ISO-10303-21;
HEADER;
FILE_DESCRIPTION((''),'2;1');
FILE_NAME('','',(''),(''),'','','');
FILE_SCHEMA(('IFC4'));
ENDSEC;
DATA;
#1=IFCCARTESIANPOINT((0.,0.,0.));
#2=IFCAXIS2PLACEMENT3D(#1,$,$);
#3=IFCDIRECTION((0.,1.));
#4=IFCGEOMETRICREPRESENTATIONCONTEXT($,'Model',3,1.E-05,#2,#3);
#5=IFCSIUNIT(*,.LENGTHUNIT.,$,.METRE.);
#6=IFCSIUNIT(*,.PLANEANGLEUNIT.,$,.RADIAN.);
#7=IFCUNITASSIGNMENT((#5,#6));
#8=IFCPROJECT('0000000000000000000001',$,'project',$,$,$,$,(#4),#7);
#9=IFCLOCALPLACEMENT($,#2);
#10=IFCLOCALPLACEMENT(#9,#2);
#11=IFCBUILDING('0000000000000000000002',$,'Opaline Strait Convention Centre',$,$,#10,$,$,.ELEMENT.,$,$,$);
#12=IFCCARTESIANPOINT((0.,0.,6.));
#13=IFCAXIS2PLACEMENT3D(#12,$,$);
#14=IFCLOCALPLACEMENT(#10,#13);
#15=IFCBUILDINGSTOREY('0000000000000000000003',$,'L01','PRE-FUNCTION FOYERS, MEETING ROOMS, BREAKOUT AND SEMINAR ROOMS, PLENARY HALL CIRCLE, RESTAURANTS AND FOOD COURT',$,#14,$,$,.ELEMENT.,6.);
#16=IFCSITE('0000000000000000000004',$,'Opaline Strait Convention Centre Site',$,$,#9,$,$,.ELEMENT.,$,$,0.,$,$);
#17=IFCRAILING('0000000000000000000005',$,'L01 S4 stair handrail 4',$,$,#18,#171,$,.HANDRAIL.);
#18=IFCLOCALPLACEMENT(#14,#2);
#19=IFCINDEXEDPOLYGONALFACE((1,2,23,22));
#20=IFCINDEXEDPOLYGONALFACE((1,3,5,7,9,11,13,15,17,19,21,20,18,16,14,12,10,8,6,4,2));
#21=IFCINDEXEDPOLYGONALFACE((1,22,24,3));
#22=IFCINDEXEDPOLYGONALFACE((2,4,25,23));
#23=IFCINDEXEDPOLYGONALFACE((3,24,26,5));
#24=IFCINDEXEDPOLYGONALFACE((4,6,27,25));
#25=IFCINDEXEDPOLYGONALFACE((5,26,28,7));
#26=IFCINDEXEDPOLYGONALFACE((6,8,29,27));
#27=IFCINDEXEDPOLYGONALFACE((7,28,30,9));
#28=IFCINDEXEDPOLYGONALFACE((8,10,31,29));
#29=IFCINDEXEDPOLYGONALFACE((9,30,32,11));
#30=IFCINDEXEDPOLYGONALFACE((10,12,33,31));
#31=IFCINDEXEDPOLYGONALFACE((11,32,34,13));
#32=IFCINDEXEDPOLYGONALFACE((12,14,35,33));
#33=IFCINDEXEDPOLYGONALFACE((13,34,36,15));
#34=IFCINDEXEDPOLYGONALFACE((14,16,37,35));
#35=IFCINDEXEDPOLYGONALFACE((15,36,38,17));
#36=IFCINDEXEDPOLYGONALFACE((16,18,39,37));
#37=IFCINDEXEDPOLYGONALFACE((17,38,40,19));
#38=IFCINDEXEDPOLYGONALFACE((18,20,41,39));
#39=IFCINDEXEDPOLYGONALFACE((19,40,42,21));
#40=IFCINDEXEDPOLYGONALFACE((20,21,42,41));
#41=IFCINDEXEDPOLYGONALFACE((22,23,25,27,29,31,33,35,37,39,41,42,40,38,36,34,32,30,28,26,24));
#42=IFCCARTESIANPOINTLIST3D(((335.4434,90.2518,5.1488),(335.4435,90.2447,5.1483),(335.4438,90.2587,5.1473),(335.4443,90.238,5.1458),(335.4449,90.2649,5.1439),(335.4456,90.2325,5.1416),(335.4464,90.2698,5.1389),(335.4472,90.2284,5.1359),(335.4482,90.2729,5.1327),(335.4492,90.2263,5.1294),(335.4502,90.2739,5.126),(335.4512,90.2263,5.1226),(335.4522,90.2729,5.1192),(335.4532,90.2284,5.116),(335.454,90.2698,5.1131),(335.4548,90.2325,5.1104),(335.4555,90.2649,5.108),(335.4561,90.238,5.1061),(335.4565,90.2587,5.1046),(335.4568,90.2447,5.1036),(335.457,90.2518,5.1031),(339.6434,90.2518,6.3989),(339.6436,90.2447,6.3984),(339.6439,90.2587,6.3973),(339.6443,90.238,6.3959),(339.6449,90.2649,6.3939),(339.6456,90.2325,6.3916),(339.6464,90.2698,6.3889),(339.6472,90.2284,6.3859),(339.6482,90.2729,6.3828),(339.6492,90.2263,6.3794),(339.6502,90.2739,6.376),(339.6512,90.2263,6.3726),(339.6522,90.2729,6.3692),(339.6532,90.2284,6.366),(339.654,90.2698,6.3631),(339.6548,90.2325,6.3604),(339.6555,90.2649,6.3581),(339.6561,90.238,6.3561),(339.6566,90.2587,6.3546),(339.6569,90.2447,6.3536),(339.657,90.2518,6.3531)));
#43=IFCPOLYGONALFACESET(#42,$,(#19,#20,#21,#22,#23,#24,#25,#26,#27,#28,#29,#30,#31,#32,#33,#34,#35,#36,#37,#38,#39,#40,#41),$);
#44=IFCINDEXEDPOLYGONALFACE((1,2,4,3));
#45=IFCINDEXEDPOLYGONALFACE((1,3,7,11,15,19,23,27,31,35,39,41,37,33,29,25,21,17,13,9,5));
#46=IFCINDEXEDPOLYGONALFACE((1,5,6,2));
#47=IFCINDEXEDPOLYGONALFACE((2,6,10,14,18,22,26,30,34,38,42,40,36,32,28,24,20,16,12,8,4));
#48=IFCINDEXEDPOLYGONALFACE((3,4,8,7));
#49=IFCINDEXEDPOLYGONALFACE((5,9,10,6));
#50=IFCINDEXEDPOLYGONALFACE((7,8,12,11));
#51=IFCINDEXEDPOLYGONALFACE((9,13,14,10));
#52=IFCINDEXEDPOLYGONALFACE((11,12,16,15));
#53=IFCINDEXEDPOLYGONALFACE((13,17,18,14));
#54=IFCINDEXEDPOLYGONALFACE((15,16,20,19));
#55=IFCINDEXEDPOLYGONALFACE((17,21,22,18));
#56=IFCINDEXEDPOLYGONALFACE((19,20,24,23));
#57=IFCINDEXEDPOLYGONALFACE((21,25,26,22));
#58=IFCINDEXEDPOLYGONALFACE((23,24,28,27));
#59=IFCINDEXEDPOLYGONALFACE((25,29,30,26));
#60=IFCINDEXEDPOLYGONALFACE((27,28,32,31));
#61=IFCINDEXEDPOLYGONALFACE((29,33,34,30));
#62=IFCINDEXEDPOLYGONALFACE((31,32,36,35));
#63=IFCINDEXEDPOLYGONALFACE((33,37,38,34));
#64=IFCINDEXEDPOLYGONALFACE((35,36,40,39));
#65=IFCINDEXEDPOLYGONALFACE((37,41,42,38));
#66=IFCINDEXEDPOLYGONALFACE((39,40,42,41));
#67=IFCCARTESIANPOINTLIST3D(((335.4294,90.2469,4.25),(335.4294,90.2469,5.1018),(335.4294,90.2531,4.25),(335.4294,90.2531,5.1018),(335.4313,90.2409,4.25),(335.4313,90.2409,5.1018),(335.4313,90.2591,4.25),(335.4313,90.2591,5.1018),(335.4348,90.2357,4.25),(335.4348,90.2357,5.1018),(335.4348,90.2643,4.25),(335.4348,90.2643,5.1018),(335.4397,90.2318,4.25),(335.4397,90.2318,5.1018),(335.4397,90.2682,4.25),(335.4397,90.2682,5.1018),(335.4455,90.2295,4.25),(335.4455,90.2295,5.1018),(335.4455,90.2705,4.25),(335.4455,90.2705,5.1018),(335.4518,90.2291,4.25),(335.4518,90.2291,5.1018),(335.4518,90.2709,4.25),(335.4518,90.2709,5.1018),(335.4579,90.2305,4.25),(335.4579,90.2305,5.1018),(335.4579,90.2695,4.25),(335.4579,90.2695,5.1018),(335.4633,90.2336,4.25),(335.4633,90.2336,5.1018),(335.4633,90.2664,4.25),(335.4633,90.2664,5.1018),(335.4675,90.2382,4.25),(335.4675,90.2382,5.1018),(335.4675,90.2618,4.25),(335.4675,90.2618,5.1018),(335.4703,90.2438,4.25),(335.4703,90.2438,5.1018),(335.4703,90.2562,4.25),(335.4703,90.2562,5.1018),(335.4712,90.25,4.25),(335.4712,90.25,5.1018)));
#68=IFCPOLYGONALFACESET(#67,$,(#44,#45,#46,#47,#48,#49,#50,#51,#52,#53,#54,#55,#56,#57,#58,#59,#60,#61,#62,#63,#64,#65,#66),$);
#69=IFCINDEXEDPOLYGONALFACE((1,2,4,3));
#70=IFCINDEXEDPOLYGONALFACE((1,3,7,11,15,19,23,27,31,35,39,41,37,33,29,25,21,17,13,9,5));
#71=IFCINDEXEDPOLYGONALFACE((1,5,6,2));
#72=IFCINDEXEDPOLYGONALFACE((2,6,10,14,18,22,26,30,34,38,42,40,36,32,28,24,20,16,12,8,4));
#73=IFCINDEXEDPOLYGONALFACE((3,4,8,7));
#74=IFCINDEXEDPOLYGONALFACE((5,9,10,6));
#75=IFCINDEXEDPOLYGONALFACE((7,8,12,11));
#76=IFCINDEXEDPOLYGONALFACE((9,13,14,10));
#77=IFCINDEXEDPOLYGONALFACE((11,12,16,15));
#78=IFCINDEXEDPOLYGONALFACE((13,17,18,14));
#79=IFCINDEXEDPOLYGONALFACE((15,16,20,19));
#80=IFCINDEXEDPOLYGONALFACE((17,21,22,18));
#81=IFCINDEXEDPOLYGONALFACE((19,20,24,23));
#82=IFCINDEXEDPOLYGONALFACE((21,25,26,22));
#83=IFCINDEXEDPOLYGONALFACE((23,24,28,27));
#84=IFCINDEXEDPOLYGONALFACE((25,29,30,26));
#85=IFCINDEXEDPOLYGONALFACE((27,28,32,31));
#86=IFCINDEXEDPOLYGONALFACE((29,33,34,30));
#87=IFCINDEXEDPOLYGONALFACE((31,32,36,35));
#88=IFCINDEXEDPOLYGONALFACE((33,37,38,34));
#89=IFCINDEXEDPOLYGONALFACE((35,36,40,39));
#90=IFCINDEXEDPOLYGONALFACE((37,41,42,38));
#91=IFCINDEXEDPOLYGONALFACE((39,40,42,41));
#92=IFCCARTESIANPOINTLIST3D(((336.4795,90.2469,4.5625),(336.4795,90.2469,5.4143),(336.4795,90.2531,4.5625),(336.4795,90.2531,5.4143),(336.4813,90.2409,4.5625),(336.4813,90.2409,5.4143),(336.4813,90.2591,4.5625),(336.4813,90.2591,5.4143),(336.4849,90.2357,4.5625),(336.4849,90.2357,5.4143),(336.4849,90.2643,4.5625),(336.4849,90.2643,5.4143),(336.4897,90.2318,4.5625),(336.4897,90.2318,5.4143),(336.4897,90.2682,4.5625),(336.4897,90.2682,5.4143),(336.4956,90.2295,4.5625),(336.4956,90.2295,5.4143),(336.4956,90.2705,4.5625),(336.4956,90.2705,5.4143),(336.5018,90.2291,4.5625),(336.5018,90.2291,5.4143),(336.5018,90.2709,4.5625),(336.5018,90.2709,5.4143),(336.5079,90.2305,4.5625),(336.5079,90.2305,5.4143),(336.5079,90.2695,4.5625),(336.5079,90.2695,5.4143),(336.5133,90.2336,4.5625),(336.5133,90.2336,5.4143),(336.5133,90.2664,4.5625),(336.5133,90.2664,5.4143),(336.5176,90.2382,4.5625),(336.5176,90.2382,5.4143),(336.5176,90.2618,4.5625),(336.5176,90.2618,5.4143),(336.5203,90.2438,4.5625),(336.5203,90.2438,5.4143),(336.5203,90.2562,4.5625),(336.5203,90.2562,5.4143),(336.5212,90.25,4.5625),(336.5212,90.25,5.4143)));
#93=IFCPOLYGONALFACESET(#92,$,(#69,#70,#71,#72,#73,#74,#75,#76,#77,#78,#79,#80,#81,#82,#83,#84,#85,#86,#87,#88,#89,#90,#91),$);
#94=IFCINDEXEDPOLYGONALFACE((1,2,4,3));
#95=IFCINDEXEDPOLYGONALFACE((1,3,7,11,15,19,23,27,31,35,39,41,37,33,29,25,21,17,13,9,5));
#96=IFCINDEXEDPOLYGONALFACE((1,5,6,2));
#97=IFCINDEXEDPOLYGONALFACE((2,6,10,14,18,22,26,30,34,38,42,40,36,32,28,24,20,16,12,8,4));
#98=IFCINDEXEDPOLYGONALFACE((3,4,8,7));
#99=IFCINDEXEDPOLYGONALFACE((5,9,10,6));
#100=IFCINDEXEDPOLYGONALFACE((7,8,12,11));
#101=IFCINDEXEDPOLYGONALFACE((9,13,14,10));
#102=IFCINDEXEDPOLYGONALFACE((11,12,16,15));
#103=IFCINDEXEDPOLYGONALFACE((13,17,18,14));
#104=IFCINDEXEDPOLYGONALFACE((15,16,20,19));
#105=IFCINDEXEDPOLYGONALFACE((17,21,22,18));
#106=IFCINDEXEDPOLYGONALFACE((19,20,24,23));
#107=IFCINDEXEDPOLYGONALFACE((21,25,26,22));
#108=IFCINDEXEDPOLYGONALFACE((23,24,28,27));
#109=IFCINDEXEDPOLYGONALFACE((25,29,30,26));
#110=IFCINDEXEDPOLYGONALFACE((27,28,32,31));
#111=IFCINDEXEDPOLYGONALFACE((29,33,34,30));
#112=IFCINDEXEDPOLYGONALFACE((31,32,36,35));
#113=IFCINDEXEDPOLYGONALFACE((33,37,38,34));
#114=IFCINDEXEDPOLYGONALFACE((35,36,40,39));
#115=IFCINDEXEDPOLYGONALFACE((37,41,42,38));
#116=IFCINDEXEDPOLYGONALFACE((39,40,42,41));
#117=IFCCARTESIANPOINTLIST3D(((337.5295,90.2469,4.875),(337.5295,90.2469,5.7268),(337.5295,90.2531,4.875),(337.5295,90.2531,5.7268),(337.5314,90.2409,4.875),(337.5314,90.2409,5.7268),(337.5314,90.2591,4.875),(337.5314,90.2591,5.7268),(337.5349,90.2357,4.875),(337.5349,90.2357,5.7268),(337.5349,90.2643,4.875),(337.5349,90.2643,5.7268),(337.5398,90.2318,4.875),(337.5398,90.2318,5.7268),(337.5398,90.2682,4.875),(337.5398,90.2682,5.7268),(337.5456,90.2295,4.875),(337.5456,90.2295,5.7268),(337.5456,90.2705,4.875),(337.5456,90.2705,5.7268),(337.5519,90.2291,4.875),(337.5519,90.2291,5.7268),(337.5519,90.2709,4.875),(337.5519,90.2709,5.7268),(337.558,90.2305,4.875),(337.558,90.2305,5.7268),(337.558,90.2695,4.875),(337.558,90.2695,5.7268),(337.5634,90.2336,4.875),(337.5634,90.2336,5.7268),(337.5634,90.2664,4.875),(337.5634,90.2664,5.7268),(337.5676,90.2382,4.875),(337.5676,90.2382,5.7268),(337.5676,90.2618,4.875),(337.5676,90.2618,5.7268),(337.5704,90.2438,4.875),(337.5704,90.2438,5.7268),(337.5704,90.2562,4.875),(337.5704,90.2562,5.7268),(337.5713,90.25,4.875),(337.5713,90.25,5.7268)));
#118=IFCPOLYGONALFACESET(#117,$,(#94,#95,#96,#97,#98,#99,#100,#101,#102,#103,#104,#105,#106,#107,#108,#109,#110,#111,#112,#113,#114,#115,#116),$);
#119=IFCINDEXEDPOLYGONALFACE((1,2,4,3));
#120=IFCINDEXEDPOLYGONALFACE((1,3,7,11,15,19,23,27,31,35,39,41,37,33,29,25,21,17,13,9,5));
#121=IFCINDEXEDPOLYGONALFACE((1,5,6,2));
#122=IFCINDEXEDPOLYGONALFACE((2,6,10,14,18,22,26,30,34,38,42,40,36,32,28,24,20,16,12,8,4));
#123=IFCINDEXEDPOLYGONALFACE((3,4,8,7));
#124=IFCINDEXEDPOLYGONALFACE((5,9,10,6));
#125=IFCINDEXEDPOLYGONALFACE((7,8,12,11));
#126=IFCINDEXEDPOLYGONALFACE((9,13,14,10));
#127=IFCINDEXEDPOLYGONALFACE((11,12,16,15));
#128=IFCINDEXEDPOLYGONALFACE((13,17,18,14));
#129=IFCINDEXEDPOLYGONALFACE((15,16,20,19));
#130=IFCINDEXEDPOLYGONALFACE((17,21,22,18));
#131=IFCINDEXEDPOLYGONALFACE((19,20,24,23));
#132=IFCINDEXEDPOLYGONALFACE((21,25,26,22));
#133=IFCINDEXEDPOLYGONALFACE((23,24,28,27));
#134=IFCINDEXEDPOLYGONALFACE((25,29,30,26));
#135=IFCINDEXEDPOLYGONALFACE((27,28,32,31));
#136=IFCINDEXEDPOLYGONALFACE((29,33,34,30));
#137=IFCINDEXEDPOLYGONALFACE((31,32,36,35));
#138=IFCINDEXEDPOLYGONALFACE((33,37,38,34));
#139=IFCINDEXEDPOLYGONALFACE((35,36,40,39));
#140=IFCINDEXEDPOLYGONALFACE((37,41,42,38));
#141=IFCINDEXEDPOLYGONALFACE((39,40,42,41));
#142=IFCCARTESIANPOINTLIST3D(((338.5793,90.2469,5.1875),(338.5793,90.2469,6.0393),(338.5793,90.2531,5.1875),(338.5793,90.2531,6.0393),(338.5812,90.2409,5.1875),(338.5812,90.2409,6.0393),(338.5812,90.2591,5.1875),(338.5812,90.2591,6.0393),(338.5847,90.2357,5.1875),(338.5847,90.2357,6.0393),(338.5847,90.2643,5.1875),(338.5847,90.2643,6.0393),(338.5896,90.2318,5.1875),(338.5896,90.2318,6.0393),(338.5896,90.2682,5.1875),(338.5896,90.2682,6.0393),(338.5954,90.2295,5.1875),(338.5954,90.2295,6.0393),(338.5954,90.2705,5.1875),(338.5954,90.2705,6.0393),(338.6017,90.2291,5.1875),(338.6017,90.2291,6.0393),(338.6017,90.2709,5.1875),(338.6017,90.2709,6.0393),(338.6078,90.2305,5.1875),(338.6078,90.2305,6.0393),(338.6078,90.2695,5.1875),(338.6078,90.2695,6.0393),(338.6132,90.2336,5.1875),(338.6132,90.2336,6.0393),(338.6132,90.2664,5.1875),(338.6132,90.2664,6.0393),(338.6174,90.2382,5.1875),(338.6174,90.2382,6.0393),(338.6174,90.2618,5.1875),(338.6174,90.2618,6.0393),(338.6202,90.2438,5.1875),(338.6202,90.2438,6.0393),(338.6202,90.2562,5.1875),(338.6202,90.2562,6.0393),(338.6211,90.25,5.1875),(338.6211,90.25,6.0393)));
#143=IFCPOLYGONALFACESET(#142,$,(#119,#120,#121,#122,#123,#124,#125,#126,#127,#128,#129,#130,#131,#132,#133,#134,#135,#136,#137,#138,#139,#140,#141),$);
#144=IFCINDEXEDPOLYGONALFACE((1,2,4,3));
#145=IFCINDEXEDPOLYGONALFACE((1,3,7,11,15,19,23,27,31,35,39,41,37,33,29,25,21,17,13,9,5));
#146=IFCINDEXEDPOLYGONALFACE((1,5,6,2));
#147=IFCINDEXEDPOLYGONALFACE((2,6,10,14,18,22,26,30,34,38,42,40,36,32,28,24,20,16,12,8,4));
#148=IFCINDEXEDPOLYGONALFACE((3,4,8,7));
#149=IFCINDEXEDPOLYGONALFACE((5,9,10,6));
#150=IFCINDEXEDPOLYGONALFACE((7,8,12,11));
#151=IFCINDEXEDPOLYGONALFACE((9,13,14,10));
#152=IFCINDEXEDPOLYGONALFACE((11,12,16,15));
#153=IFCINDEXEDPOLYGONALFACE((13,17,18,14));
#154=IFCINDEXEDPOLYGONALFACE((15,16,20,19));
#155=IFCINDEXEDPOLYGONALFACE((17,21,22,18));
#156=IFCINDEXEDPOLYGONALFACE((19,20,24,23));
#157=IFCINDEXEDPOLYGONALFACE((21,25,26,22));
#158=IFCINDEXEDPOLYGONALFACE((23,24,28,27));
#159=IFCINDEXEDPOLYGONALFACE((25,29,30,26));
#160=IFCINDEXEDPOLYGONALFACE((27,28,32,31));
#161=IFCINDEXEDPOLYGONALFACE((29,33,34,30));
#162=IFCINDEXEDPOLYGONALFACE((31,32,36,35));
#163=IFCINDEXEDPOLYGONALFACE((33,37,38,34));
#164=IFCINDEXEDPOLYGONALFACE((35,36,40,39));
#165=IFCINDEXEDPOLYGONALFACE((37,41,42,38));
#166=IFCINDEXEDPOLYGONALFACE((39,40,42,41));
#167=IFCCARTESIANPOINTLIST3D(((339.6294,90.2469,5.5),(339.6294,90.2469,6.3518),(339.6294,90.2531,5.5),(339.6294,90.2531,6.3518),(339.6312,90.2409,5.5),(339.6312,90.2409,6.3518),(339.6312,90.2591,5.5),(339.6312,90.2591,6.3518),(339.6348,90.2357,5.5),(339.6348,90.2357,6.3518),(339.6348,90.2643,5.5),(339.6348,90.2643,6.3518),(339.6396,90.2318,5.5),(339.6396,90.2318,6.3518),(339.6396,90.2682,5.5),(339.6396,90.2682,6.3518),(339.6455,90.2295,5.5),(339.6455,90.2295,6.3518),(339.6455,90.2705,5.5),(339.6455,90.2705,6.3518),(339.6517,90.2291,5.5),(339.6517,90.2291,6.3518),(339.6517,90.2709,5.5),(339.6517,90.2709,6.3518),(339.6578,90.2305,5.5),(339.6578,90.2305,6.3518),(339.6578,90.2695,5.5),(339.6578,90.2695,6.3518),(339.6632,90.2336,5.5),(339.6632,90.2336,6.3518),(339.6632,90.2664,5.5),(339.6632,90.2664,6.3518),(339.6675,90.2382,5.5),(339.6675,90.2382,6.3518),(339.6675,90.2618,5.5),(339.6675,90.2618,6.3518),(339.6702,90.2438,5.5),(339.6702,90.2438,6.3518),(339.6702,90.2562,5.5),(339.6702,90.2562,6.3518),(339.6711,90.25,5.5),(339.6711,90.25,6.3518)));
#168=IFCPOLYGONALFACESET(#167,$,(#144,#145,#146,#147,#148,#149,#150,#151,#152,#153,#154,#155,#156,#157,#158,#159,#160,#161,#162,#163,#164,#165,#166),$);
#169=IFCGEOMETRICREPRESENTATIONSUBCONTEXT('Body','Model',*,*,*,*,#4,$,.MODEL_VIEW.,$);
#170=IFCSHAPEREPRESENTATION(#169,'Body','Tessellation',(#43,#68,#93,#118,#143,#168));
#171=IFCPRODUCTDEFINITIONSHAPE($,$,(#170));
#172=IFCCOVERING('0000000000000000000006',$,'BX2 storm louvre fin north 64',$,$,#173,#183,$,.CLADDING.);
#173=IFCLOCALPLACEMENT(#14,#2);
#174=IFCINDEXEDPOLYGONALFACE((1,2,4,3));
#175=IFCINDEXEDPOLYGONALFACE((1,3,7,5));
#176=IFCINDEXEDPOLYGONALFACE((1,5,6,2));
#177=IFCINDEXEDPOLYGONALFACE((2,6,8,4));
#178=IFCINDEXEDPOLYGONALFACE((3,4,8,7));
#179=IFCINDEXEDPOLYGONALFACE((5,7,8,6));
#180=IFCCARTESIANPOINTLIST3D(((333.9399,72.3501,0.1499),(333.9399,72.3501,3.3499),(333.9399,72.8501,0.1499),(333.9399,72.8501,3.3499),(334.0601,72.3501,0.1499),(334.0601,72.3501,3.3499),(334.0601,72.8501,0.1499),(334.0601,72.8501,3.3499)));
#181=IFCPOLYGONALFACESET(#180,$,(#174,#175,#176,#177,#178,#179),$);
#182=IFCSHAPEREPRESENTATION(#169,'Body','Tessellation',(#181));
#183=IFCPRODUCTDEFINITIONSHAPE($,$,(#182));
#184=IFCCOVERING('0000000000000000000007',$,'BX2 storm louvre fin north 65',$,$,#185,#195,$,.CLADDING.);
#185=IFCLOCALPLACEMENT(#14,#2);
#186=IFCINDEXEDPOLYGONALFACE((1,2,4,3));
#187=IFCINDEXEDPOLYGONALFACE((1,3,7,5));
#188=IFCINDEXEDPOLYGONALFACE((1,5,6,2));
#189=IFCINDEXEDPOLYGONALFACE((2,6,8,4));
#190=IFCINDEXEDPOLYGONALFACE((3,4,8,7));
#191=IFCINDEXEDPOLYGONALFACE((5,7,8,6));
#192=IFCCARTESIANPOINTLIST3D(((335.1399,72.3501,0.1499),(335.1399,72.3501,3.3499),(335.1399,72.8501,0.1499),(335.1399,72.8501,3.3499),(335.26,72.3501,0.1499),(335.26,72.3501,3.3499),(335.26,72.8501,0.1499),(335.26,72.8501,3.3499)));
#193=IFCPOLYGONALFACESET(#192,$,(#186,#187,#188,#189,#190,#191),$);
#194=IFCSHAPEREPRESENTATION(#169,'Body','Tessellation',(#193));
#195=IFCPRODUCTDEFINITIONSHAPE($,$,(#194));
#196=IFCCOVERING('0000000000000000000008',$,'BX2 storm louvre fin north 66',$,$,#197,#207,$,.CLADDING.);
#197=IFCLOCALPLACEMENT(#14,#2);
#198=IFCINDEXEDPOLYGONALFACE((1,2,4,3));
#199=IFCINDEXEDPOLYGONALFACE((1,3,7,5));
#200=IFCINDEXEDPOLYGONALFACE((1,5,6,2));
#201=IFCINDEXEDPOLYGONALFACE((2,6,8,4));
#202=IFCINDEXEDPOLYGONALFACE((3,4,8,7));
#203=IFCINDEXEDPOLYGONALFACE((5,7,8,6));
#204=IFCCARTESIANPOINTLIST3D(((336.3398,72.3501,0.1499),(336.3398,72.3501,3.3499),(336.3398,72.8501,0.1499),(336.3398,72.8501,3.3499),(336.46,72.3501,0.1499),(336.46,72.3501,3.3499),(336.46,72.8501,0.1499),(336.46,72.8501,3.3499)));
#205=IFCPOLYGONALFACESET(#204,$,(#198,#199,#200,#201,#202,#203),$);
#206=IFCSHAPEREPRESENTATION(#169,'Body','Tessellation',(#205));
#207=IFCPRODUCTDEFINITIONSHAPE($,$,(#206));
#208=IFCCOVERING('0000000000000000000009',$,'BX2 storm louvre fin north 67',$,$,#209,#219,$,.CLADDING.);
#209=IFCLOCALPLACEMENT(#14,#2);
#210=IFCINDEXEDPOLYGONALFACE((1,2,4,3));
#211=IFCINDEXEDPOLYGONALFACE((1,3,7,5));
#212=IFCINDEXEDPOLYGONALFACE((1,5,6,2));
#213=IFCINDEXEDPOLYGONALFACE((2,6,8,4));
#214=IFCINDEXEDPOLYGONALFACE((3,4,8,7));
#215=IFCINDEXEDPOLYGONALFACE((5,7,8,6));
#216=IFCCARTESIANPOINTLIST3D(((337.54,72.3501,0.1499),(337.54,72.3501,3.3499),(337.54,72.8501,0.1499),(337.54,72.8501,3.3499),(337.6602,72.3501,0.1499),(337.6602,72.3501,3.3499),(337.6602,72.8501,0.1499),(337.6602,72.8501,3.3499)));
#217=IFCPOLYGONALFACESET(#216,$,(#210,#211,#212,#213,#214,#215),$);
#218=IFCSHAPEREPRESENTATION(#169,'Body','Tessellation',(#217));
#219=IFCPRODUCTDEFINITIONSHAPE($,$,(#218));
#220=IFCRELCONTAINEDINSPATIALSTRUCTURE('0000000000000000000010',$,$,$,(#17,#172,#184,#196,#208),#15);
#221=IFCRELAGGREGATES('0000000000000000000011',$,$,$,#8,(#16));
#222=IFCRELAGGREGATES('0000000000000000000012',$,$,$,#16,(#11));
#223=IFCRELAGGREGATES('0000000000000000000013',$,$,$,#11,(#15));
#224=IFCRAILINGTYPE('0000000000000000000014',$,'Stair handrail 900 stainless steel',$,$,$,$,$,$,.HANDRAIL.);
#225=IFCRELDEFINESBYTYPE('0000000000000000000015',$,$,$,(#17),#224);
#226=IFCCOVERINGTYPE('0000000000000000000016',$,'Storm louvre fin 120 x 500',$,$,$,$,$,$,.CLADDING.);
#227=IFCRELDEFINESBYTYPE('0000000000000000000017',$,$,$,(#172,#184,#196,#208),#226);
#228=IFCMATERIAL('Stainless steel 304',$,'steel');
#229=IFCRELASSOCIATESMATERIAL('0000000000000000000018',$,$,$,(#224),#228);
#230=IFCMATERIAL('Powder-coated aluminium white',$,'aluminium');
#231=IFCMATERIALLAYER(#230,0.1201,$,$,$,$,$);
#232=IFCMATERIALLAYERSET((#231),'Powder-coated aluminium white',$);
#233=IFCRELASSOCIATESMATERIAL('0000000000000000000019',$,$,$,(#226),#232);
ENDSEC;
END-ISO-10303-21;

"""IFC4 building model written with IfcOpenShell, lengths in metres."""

from ifc_helpers import new_model, si_unit, direction, frame, origin, origin_2d, place, context, subcontext, project, spatial, rectangle, circle, extrude, material, layer, layer_set, type_object, element, save


model = new_model("IFC4")

# Units and contexts
model_context = context("Model", 3, precision=1e-05, world=origin(), true_north=direction((0.0, 1.0)))
body_context = subcontext(model_context, "Body", "Model", "MODEL_VIEW")
ifc_project = project(units=[si_unit("LENGTHUNIT", "METRE"), si_unit("PLANEANGLEUNIT", "RADIAN")], contexts=[model_context])

# Site, building, storey
site_placement = place(None, origin())
site = spatial("IfcSite", under=ifc_project, at=site_placement, Name="Opaline Strait Convention Centre Site", CompositionType="ELEMENT", RefElevation=0.0)
building_placement = place(site_placement, origin())
building = spatial("IfcBuilding", under=site, at=building_placement, Name="Opaline Strait Convention Centre", CompositionType="ELEMENT")
storey_placement = place(building_placement, frame((0.0, 0.0, 6.0)))
storey = spatial("IfcBuildingStorey", under=building, at=storey_placement, Name="L01", Description="PRE-FUNCTION FOYERS, MEETING ROOMS, BREAKOUT AND SEMINAR ROOMS, PLENARY HALL CIRCLE, RESTAURANTS AND FOOD COURT", CompositionType="ELEMENT", Elevation=6.0)

# Railing
ifc_material_1 = material(Name="Stainless steel 304", Category="steel")
railing_type_1 = type_object("IfcRailingType", Name="Stair handrail 900 stainless steel", PredefinedType="HANDRAIL", material=ifc_material_1)
for number, where, name in (
    (1, (335.4502, 90.25, 4.25), "L01 S4 stair handrail 4"),
):
    element("IfcRailing", number, at=place(storey_placement, frame(where)), inside=storey, type_object=railing_type_1, Name=name, PredefinedType="HANDRAIL", context=body_context, shape_type="SweptSolid", body=[
        extrude(circle(Radius=0.0239, at=origin_2d()), frame((0.0, 0.0, 0.876), z_axis=(0.958451, 0.0, 0.285257), x_axis=(0.0, 1.0, 0.0)), (0.0, 0.0, 1.0), 4.3821),
        extrude(circle(Radius=0.021, at=origin_2d()), origin(), (0.0, 0.0, 1.0), 0.8518),
        extrude(circle(Radius=0.021, at=origin_2d()), frame((1.05, 0.0, 0.3125)), (0.0, 0.0, 1.0), 0.8518),
        extrude(circle(Radius=0.021, at=origin_2d()), frame((2.1001, 0.0, 0.625)), (0.0, 0.0, 1.0), 0.8518),
        extrude(circle(Radius=0.021, at=origin_2d()), frame((3.1499, 0.0, 0.9375)), (0.0, 0.0, 1.0), 0.8518),
        extrude(circle(Radius=0.021, at=origin_2d()), frame((4.2, 0.0, 1.25)), (0.0, 0.0, 1.0), 0.8518),
    ])

# Coverings
ifc_material_2 = material(Name="Powder-coated aluminium white", Category="aluminium")
ifc_layer = layer(ifc_material_2, 0.1201)
ifc_layer_set = layer_set([ifc_layer], Name="Powder-coated aluminium white")
covering_type = type_object("IfcCoveringType", Name="Storm louvre fin 120 x 500", PredefinedType="CLADDING", material=ifc_layer_set)
for number, where, z_axis, x_axis, name in (
    (2, (334.0, 72.6001, 0.1499), (0.0, 0.0, 1.0), (1.0, 0.0, 0.0), "BX2 storm louvre fin north 64"),
    (3, (335.2, 72.6001, 0.1499), (0.0, 0.0, 1.0), (1.0, 0.0, 0.0), "BX2 storm louvre fin north 65"),
    (4, (336.3999, 72.6001, 0.1499), (0.0, 0.0, 1.0), (1.0, 0.0, 0.0), "BX2 storm louvre fin north 66"),
    (5, (337.6001, 72.6001, 0.1499), (0.0, 0.0, 1.0), (1.0, 0.0, 0.0), "BX2 storm louvre fin north 67"),
):
    element("IfcCovering", number, at=place(storey_placement, frame(where, z_axis=z_axis, x_axis=x_axis)), inside=storey, type_object=covering_type, Name=name, PredefinedType="CLADDING", context=body_context, shape_type="SweptSolid", body=[
        extrude(rectangle(XDim=0.1201, YDim=0.5, at=origin_2d()), origin(), (0.0, 0.0, 1.0), 3.2),
    ])

save(model, "model.ifc")
